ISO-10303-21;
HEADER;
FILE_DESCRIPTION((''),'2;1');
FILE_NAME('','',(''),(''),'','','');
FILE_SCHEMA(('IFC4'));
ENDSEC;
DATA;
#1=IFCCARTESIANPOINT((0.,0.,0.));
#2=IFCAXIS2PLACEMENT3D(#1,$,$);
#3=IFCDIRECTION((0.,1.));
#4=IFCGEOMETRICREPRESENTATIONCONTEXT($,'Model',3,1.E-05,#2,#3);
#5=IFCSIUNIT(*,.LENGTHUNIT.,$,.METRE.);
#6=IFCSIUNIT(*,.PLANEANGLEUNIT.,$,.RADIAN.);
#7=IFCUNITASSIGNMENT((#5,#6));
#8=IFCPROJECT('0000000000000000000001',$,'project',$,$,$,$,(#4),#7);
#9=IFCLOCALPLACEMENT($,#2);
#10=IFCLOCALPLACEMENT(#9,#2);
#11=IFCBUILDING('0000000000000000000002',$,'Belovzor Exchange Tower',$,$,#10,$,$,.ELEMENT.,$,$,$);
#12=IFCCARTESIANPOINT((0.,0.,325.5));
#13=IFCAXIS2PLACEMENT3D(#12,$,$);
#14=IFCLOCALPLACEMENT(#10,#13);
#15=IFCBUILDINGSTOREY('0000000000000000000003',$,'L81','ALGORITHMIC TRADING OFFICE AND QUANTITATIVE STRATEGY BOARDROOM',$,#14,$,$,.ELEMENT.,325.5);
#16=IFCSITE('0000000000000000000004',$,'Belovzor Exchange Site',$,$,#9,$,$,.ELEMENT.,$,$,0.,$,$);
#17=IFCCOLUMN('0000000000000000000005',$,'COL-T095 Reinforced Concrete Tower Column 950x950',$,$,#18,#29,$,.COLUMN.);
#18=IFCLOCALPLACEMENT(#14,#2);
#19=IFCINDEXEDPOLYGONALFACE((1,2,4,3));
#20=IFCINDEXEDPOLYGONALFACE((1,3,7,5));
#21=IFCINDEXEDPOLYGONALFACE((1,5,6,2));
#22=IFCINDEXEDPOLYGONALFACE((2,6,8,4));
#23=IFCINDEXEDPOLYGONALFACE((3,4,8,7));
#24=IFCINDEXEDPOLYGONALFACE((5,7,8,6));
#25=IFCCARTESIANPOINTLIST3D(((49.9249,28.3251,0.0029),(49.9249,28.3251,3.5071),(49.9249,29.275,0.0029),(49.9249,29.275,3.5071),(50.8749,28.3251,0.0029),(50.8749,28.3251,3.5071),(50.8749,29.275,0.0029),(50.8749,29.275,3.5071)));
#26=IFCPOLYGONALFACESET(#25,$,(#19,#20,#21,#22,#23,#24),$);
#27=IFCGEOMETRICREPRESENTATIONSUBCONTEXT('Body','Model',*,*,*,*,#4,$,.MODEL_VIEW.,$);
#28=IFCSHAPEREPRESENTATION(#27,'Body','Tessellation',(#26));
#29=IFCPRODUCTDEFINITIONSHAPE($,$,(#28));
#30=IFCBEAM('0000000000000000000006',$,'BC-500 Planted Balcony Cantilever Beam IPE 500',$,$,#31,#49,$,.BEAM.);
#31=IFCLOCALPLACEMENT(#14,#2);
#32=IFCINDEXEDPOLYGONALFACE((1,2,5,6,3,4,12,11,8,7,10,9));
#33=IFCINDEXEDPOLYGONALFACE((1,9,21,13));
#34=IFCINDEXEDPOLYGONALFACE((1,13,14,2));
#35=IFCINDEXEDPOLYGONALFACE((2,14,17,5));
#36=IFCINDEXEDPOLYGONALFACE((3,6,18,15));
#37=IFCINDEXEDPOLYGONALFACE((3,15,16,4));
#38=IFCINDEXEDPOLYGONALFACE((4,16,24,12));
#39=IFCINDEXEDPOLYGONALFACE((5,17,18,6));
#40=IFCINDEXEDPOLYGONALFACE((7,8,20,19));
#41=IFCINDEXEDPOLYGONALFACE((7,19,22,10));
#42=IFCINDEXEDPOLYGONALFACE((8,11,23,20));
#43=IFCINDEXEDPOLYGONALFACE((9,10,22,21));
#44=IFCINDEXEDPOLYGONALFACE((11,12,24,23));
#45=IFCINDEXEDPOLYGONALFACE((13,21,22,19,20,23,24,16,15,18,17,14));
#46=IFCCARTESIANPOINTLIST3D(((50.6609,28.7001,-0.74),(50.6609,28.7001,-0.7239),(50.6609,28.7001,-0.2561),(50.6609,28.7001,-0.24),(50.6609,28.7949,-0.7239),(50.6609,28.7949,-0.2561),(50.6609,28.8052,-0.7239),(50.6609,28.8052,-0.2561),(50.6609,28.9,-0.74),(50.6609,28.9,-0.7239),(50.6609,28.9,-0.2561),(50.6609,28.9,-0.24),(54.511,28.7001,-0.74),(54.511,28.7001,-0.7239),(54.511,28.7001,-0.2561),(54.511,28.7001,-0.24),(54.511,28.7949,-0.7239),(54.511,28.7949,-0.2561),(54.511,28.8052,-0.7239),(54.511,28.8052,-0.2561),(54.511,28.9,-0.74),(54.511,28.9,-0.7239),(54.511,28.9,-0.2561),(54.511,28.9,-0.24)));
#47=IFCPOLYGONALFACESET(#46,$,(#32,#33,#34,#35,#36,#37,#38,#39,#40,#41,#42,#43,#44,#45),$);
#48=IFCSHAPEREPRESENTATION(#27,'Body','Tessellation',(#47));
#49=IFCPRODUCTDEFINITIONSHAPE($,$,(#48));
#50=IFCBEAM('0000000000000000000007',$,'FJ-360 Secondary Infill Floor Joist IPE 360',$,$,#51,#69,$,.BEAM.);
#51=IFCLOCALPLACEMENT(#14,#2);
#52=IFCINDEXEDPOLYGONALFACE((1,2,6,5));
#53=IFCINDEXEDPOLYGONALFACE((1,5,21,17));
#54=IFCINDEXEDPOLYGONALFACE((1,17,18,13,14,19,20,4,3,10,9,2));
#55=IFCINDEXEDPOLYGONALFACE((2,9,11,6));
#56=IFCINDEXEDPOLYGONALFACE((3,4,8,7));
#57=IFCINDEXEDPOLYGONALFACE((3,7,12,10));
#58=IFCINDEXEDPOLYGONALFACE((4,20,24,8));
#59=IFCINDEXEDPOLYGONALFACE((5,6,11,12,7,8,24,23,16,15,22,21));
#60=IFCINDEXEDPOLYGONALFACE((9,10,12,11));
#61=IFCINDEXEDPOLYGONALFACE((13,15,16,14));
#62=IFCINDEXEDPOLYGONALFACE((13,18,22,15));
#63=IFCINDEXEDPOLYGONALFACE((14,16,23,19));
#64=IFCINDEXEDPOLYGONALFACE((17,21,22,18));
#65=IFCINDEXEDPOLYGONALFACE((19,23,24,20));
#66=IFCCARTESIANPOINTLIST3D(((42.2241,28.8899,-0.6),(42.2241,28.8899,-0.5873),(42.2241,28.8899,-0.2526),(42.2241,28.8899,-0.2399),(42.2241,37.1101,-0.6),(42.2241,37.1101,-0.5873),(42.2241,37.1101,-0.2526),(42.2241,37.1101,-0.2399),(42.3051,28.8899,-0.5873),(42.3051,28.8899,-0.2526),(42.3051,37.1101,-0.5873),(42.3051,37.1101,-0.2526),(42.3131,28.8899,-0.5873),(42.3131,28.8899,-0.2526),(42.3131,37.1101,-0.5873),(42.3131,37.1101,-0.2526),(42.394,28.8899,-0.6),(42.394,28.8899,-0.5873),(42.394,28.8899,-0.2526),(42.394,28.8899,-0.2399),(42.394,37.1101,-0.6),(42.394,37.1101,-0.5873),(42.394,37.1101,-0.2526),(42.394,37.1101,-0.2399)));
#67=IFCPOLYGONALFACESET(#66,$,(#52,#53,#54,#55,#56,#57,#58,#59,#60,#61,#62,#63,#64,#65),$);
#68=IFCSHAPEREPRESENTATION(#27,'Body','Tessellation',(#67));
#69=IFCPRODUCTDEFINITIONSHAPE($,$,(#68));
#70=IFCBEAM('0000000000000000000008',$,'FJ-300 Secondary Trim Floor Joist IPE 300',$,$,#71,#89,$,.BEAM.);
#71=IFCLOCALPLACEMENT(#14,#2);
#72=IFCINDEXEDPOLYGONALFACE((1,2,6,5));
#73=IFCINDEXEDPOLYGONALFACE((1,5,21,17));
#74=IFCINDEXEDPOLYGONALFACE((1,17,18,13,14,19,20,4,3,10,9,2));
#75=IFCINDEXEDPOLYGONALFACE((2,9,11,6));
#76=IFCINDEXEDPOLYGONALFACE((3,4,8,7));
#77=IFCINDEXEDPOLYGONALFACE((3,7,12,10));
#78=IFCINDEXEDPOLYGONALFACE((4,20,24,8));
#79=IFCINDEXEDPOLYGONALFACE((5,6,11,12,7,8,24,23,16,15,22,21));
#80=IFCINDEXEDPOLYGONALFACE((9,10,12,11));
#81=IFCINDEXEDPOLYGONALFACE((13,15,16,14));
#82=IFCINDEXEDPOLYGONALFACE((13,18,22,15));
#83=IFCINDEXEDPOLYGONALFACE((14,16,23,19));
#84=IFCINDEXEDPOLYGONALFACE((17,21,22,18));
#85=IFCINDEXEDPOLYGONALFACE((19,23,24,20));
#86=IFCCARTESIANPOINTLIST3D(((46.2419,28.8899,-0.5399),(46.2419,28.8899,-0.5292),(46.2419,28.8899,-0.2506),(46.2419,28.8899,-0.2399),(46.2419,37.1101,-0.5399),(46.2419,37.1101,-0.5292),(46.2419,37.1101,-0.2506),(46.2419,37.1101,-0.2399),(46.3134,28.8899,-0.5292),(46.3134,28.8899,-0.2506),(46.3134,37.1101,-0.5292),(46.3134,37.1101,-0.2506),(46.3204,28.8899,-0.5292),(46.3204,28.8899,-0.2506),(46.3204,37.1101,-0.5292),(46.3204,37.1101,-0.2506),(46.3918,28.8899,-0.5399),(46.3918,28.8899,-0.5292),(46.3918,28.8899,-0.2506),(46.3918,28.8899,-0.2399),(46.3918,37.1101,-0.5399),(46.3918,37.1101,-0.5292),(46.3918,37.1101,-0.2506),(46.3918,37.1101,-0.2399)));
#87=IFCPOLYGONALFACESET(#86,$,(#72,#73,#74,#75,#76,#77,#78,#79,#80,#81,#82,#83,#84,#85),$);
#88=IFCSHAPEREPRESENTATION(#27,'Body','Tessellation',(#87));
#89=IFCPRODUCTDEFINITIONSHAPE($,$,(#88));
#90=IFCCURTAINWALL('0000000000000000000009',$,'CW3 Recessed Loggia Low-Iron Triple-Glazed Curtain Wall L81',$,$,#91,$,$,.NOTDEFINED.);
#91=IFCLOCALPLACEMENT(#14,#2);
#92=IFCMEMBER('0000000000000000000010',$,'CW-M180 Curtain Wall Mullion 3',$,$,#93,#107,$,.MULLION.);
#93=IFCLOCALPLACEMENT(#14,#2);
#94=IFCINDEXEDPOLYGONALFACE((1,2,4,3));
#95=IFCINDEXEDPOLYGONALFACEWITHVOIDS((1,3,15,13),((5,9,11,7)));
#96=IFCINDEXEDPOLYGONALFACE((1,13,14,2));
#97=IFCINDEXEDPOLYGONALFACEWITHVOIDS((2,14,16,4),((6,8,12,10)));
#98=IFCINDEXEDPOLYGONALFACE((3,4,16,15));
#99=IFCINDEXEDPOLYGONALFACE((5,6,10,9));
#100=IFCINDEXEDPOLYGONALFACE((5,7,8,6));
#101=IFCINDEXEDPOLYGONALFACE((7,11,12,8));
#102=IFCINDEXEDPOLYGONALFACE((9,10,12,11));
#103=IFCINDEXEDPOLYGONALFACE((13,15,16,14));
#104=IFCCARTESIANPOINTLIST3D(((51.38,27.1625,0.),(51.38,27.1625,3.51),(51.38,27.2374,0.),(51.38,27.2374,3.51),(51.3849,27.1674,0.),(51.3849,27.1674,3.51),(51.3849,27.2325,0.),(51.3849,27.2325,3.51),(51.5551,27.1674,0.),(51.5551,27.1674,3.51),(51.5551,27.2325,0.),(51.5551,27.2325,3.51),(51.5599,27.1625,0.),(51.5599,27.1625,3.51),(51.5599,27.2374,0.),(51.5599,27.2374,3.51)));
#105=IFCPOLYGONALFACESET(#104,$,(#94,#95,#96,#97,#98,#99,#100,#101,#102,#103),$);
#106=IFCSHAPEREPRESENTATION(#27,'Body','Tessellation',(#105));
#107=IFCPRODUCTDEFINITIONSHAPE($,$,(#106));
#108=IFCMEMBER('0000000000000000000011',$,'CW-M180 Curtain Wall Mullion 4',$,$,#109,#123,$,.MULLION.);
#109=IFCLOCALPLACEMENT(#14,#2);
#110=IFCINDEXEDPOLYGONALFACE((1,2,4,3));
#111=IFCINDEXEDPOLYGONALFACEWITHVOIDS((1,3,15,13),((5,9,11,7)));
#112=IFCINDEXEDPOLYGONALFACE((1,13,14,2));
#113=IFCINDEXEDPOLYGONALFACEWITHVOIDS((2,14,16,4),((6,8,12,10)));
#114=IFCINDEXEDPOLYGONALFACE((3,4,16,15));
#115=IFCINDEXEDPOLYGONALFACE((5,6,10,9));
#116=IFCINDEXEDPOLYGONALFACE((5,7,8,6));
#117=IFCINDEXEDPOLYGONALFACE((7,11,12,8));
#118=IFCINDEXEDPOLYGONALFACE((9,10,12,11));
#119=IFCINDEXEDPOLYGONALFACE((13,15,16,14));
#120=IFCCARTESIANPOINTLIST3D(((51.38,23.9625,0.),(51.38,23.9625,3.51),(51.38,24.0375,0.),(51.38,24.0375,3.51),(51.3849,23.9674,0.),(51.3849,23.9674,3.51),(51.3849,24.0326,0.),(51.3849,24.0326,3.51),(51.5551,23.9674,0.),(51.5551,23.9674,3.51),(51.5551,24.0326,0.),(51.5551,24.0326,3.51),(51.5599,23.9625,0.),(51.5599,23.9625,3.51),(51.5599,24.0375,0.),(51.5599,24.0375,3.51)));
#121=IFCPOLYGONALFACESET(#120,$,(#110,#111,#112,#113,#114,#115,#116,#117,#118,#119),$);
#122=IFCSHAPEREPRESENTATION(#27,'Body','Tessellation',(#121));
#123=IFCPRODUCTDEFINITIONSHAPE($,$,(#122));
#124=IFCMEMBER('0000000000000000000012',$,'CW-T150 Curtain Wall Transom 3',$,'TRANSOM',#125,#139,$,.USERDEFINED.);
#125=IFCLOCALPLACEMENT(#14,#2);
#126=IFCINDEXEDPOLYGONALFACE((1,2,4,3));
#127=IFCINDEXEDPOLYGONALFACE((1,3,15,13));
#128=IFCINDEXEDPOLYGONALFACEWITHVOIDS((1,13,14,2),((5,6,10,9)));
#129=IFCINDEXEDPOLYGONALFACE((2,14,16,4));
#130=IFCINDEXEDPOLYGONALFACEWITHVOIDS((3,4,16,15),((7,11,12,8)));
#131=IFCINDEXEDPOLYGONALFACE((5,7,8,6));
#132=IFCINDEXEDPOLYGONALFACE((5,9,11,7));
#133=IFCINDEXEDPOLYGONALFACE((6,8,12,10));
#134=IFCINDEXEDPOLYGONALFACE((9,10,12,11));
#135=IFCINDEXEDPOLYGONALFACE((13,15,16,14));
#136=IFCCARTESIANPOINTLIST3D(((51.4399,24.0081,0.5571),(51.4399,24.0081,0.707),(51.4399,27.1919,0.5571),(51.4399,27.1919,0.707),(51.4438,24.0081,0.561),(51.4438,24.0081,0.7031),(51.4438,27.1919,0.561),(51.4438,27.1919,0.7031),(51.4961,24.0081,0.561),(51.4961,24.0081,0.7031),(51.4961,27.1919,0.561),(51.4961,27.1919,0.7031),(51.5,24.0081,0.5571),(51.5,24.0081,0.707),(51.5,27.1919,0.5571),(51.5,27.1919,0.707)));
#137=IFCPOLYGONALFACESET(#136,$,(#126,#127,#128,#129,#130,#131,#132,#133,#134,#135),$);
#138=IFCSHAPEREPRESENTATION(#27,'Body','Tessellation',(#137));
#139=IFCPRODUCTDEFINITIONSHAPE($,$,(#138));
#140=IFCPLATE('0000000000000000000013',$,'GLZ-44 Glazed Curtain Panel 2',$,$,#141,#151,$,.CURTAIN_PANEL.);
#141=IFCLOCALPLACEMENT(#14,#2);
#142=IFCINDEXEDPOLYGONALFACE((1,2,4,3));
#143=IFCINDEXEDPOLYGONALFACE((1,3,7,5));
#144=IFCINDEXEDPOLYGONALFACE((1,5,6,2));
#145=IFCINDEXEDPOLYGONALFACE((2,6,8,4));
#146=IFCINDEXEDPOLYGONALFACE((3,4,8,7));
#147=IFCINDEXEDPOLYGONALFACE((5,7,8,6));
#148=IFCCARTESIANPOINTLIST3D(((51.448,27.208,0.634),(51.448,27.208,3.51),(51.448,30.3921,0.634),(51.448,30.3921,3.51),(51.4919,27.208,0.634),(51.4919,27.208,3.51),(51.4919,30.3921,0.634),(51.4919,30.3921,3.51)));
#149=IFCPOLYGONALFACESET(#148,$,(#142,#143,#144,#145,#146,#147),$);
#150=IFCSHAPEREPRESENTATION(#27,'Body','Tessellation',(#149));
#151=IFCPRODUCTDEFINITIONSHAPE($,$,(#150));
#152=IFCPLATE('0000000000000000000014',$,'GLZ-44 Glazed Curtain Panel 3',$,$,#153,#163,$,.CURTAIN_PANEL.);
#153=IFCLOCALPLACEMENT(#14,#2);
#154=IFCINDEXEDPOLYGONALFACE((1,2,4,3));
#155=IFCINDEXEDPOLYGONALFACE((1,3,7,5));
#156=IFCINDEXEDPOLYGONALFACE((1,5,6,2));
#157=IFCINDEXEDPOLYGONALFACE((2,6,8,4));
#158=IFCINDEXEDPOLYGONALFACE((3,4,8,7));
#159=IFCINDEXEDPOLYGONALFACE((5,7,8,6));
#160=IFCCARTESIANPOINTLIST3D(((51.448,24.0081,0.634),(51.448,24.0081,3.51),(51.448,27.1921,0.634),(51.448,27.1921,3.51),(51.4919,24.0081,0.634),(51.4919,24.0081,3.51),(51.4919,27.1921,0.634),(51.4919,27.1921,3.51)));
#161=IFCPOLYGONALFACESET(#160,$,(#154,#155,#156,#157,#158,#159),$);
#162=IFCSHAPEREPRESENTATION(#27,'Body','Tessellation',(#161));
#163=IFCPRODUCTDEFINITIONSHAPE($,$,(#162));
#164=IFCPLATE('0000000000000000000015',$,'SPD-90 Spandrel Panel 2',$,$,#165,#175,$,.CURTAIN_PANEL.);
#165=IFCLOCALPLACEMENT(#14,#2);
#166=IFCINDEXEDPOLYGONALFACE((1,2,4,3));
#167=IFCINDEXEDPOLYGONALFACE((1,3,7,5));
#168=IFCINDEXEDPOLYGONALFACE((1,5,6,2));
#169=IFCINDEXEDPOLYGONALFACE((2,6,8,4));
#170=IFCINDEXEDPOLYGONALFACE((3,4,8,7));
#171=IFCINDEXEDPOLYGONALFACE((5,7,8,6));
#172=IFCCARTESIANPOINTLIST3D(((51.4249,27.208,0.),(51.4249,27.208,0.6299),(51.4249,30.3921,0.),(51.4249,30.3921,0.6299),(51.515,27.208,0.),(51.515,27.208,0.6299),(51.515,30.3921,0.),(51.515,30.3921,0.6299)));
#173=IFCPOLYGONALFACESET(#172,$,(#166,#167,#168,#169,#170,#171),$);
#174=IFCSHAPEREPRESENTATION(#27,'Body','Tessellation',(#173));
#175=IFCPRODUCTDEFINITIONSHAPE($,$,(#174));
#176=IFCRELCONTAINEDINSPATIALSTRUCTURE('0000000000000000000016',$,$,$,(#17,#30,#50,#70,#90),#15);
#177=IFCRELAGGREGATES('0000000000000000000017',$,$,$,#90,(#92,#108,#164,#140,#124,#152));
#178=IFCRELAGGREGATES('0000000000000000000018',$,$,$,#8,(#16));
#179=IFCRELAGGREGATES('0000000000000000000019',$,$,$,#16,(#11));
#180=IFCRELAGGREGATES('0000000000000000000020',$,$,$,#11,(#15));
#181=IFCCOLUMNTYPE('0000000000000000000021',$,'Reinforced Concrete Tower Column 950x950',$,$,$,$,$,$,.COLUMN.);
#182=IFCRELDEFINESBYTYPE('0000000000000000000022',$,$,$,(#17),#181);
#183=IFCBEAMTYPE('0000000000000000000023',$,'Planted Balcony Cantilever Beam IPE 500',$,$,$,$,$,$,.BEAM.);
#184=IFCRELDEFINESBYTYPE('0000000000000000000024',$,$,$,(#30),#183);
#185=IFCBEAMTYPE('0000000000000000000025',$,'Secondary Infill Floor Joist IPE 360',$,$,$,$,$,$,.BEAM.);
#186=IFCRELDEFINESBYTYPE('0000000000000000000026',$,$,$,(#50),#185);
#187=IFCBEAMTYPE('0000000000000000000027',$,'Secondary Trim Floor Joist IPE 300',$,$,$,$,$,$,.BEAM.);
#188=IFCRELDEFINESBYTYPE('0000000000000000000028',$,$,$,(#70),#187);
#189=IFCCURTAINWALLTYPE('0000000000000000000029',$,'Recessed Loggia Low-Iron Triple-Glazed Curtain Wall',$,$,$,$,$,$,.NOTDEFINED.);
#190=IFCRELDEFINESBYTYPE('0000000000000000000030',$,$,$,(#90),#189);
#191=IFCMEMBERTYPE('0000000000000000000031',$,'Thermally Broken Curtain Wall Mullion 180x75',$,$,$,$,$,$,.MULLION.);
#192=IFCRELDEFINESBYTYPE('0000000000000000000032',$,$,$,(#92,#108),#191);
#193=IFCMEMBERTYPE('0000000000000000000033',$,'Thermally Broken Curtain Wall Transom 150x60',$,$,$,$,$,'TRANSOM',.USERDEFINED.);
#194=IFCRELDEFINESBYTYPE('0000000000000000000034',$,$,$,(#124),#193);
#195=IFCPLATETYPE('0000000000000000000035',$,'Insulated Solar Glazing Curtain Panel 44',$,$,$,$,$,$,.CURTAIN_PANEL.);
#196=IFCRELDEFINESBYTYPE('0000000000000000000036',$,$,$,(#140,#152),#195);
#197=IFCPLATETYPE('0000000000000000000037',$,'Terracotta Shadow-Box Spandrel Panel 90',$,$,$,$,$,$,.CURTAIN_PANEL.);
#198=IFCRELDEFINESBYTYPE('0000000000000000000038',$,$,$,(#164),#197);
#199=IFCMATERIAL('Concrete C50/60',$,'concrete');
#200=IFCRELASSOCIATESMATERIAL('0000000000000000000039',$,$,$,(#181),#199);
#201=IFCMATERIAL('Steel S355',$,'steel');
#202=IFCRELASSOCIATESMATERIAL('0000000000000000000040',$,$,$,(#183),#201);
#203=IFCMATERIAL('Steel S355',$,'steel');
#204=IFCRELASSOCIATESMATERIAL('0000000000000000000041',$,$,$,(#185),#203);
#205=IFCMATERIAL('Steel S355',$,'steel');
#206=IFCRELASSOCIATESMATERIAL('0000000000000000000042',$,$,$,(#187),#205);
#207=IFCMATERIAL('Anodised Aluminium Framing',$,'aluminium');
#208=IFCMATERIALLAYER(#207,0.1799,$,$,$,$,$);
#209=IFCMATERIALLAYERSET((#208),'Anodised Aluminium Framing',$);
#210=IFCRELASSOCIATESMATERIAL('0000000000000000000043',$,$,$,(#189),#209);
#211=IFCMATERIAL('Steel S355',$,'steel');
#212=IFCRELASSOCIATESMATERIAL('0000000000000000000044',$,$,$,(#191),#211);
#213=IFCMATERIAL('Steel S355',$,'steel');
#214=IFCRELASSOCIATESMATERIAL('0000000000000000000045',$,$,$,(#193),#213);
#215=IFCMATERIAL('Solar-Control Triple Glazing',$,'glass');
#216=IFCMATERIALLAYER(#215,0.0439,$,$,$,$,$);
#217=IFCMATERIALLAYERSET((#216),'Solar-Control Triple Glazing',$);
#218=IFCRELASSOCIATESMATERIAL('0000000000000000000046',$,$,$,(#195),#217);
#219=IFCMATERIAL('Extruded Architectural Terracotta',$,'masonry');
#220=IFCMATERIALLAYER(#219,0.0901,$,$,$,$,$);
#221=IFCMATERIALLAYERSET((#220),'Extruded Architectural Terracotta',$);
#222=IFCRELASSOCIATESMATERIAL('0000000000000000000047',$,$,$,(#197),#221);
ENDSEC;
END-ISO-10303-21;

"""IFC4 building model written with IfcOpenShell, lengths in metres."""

from ifc_helpers import new_model, si_unit, direction, frame, origin, origin_2d, place, context, subcontext, project, spatial, rectangle, hollow_rectangle, i_section, extrude, material, layer, layer_set, material_profile, profile_set, type_object, element, aggregate, save


model = new_model("IFC4")

# Units and contexts
model_context = context("Model", 3, precision=1e-05, world=origin(), true_north=direction((0.0, 1.0)))
body_context = subcontext(model_context, "Body", "Model", "MODEL_VIEW")
ifc_project = project(units=[si_unit("LENGTHUNIT", "METRE"), si_unit("PLANEANGLEUNIT", "RADIAN")], contexts=[model_context])

# Site, building, storey
site_placement = place(None, origin())
site = spatial("IfcSite", under=ifc_project, at=site_placement, Name="Belovzor Exchange Site", CompositionType="ELEMENT", RefElevation=0.0)
building_placement = place(site_placement, origin())
building = spatial("IfcBuilding", under=site, at=building_placement, Name="Belovzor Exchange Tower", CompositionType="ELEMENT")
storey_placement = place(building_placement, frame((0.0, 0.0, 325.5)))
storey = spatial("IfcBuildingStorey", under=building, at=storey_placement, Name="L81", Description="ALGORITHMIC TRADING OFFICE AND QUANTITATIVE STRATEGY BOARDROOM", CompositionType="ELEMENT", Elevation=325.5)

# Column
ifc_material_1 = material(Name="Concrete C50/60", Category="concrete")
ifc_material_profile_1 = material_profile(ifc_material_1, rectangle(XDim=0.95, YDim=0.95, at=origin_2d()))
ifc_profile_set_1 = profile_set([ifc_material_profile_1], Name="Concrete C50/60")
column_type = type_object("IfcColumnType", Name="Reinforced Concrete Tower Column 950x950", PredefinedType="COLUMN", material=ifc_profile_set_1)
column_placement = place(storey_placement, frame((50.3999, 28.8, 0.0029), z_axis=(0.0, 0.0, 1.0), x_axis=(1.0, 0.0, 0.0)))
element("IfcColumn", 1, at=column_placement, inside=storey, type_object=column_type, Name="COL-T095 Reinforced Concrete Tower Column 950x950", PredefinedType="COLUMN", context=body_context, shape_type="SweptSolid", body=[
    extrude(rectangle(XDim=0.95, YDim=0.95, at=origin_2d()), origin(), (0.0, 0.0, 1.0), 3.5042),
])

# Beams
ifc_material_2 = material(Name="Steel S355", Category="steel")
ifc_material_profile_2 = material_profile(ifc_material_2, i_section(OverallWidth=0.2, OverallDepth=0.5, WebThickness=0.0103, FlangeThickness=0.0161, at=origin_2d()))
ifc_profile_set_2 = profile_set([ifc_material_profile_2], Name="Steel S355")
beam_type_1 = type_object("IfcBeamType", Name="Planted Balcony Cantilever Beam IPE 500", PredefinedType="BEAM", material=ifc_profile_set_2)
beam_1_placement = place(storey_placement, frame((50.6609, 28.8, -0.49), z_axis=(1.0, 0.0, 0.0), x_axis=(0.0, 1.0, 0.0)))
element("IfcBeam", 2, at=beam_1_placement, inside=storey, type_object=beam_type_1, Name="BC-500 Planted Balcony Cantilever Beam IPE 500", PredefinedType="BEAM", context=body_context, shape_type="SweptSolid", body=[
    extrude(i_section(OverallWidth=0.2, OverallDepth=0.5, WebThickness=0.0103, FlangeThickness=0.0161, at=origin_2d()), origin(), (0.0, 0.0, 1.0), 3.8501),
])
ifc_material_3 = material(Name="Steel S355", Category="steel")
ifc_material_profile_3 = material_profile(ifc_material_3, i_section(OverallWidth=0.1699, OverallDepth=0.3601, WebThickness=0.0081, FlangeThickness=0.0127, at=origin_2d()))
ifc_profile_set_3 = profile_set([ifc_material_profile_3], Name="Steel S355")
beam_type_2 = type_object("IfcBeamType", Name="Secondary Infill Floor Joist IPE 360", PredefinedType="BEAM", material=ifc_profile_set_3)
beam_2_placement = place(storey_placement, frame((42.3091, 28.8899, -0.4199), z_axis=(0.0, 1.0, 0.0), x_axis=(-1.0, 0.0, 0.0)))
element("IfcBeam", 3, at=beam_2_placement, inside=storey, type_object=beam_type_2, Name="FJ-360 Secondary Infill Floor Joist IPE 360", PredefinedType="BEAM", context=body_context, shape_type="SweptSolid", body=[
    extrude(i_section(OverallWidth=0.1699, OverallDepth=0.3601, WebThickness=0.0081, FlangeThickness=0.0127, at=origin_2d()), origin(), (0.0, 0.0, 1.0), 8.2202),
])
ifc_material_4 = material(Name="Steel S355", Category="steel")
ifc_material_profile_4 = material_profile(ifc_material_4, i_section(OverallWidth=0.1499, OverallDepth=0.3, WebThickness=0.0071, FlangeThickness=0.0107, at=origin_2d()))
ifc_profile_set_4 = profile_set([ifc_material_profile_4], Name="Steel S355")
beam_type_3 = type_object("IfcBeamType", Name="Secondary Trim Floor Joist IPE 300", PredefinedType="BEAM", material=ifc_profile_set_4)
beam_3_placement = place(storey_placement, frame((46.3169, 28.8899, -0.3899), z_axis=(0.0, 1.0, 0.0), x_axis=(-1.0, 0.0, 0.0)))
element("IfcBeam", 4, at=beam_3_placement, inside=storey, type_object=beam_type_3, Name="FJ-300 Secondary Trim Floor Joist IPE 300", PredefinedType="BEAM", context=body_context, shape_type="SweptSolid", body=[
    extrude(i_section(OverallWidth=0.1499, OverallDepth=0.3, WebThickness=0.0071, FlangeThickness=0.0107, at=origin_2d()), origin(), (0.0, 0.0, 1.0), 8.2202),
])

# Curtain wall, members, plates
ifc_material_5 = material(Name="Anodised Aluminium Framing", Category="aluminium")
ifc_layer_1 = layer(ifc_material_5, 0.1799)
ifc_layer_set_1 = layer_set([ifc_layer_1], Name="Anodised Aluminium Framing")
curtain_wall_type = type_object("IfcCurtainWallType", Name="Recessed Loggia Low-Iron Triple-Glazed Curtain Wall", PredefinedType="NOTDEFINED", material=ifc_layer_set_1)
curtain_wall_placement = place(storey_placement, origin())
curtain_wall = element("IfcCurtainWall", 5, at=curtain_wall_placement, inside=storey, type_object=curtain_wall_type, Name="CW3 Recessed Loggia Low-Iron Triple-Glazed Curtain Wall L81", PredefinedType="NOTDEFINED")
ifc_material_6 = material(Name="Steel S355", Category="steel")
ifc_material_profile_5 = material_profile(ifc_material_6, hollow_rectangle(XDim=0.075, YDim=0.1799, WallThickness=0.0049, at=origin_2d()))
ifc_profile_set_5 = profile_set([ifc_material_profile_5], Name="Steel S355")
member_type_1 = type_object("IfcMemberType", Name="Thermally Broken Curtain Wall Mullion 180x75", PredefinedType="MULLION", material=ifc_profile_set_5)
member_1_placement = place(storey_placement, frame((51.47, 27.2, 0.0), z_axis=(0.0, 0.0, 1.0), x_axis=(0.0, -1.0, 0.0)))
member_1 = element("IfcMember", 6, at=member_1_placement, type_object=member_type_1, Name="CW-M180 Curtain Wall Mullion 3", PredefinedType="MULLION", context=body_context, shape_type="SweptSolid", body=[
    extrude(hollow_rectangle(XDim=0.075, YDim=0.1799, WallThickness=0.0049, at=origin_2d()), origin(), (0.0, 0.0, 1.0), 3.51),
])
member_2_placement = place(storey_placement, frame((51.47, 24.0, 0.0), z_axis=(0.0, 0.0, 1.0), x_axis=(0.0, -1.0, 0.0)))
member_2 = element("IfcMember", 7, at=member_2_placement, type_object=member_type_1, Name="CW-M180 Curtain Wall Mullion 4", PredefinedType="MULLION", context=body_context, shape_type="SweptSolid", body=[
    extrude(hollow_rectangle(XDim=0.075, YDim=0.1799, WallThickness=0.0049, at=origin_2d()), origin(), (0.0, 0.0, 1.0), 3.51),
])
ifc_material_7 = material(Name="Steel S355", Category="steel")
ifc_material_profile_6 = material_profile(ifc_material_7, hollow_rectangle(XDim=0.0601, YDim=0.1499, WallThickness=0.0039, at=origin_2d()))
ifc_profile_set_6 = profile_set([ifc_material_profile_6], Name="Steel S355")
member_type_2 = type_object("IfcMemberType", Name="Thermally Broken Curtain Wall Transom 150x60", ElementType="TRANSOM", PredefinedType="USERDEFINED", material=ifc_profile_set_6)
member_3_placement = place(storey_placement, frame((51.47, 27.1919, 0.6321), z_axis=(0.0, -1.0, 0.0), x_axis=(1.0, 0.0, 0.0)))
member_3 = element("IfcMember", 8, at=member_3_placement, type_object=member_type_2, Name="CW-T150 Curtain Wall Transom 3", ObjectType="TRANSOM", PredefinedType="USERDEFINED", context=body_context, shape_type="SweptSolid", body=[
    extrude(hollow_rectangle(XDim=0.0601, YDim=0.1499, WallThickness=0.0039, at=origin_2d()), origin(), (0.0, 0.0, 1.0), 3.1838),
])
ifc_material_8 = material(Name="Solar-Control Triple Glazing", Category="glass")
ifc_layer_2 = layer(ifc_material_8, 0.0439)
ifc_layer_set_2 = layer_set([ifc_layer_2], Name="Solar-Control Triple Glazing")
plate_type_1 = type_object("IfcPlateType", Name="Insulated Solar Glazing Curtain Panel 44", PredefinedType="CURTAIN_PANEL", material=ifc_layer_set_2)
plate_1_placement = place(storey_placement, frame((51.47, 28.8, 0.634), z_axis=(0.0, 0.0, 1.0), x_axis=(0.0, -1.0, 0.0)))
plate_1 = element("IfcPlate", 9, at=plate_1_placement, type_object=plate_type_1, Name="GLZ-44 Glazed Curtain Panel 2", PredefinedType="CURTAIN_PANEL", context=body_context, shape_type="SweptSolid", body=[
    extrude(rectangle(XDim=3.1841, YDim=0.0439, at=origin_2d()), origin(), (0.0, 0.0, 1.0), 2.876),
])
plate_2_placement = place(storey_placement, frame((51.47, 25.6001, 0.634), z_axis=(0.0, 0.0, 1.0), x_axis=(0.0, -1.0, 0.0)))
plate_2 = element("IfcPlate", 10, at=plate_2_placement, type_object=plate_type_1, Name="GLZ-44 Glazed Curtain Panel 3", PredefinedType="CURTAIN_PANEL", context=body_context, shape_type="SweptSolid", body=[
    extrude(rectangle(XDim=3.1841, YDim=0.0439, at=origin_2d()), origin(), (0.0, 0.0, 1.0), 2.876),
])
ifc_material_9 = material(Name="Extruded Architectural Terracotta", Category="masonry")
ifc_layer_3 = layer(ifc_material_9, 0.0901)
ifc_layer_set_3 = layer_set([ifc_layer_3], Name="Extruded Architectural Terracotta")
plate_type_2 = type_object("IfcPlateType", Name="Terracotta Shadow-Box Spandrel Panel 90", PredefinedType="CURTAIN_PANEL", material=ifc_layer_set_3)
plate_3_placement = place(storey_placement, frame((51.47, 28.8, 0.0), z_axis=(0.0, 0.0, 1.0), x_axis=(0.0, -1.0, 0.0)))
plate_3 = element("IfcPlate", 11, at=plate_3_placement, type_object=plate_type_2, Name="SPD-90 Spandrel Panel 2", PredefinedType="CURTAIN_PANEL", context=body_context, shape_type="SweptSolid", body=[
    extrude(rectangle(XDim=3.1841, YDim=0.0901, at=origin_2d()), origin(), (0.0, 0.0, 1.0), 0.6299),
])
aggregate(curtain_wall, [member_1, member_2, plate_3, plate_1, member_3, plate_2])

save(model, "model.ifc")
